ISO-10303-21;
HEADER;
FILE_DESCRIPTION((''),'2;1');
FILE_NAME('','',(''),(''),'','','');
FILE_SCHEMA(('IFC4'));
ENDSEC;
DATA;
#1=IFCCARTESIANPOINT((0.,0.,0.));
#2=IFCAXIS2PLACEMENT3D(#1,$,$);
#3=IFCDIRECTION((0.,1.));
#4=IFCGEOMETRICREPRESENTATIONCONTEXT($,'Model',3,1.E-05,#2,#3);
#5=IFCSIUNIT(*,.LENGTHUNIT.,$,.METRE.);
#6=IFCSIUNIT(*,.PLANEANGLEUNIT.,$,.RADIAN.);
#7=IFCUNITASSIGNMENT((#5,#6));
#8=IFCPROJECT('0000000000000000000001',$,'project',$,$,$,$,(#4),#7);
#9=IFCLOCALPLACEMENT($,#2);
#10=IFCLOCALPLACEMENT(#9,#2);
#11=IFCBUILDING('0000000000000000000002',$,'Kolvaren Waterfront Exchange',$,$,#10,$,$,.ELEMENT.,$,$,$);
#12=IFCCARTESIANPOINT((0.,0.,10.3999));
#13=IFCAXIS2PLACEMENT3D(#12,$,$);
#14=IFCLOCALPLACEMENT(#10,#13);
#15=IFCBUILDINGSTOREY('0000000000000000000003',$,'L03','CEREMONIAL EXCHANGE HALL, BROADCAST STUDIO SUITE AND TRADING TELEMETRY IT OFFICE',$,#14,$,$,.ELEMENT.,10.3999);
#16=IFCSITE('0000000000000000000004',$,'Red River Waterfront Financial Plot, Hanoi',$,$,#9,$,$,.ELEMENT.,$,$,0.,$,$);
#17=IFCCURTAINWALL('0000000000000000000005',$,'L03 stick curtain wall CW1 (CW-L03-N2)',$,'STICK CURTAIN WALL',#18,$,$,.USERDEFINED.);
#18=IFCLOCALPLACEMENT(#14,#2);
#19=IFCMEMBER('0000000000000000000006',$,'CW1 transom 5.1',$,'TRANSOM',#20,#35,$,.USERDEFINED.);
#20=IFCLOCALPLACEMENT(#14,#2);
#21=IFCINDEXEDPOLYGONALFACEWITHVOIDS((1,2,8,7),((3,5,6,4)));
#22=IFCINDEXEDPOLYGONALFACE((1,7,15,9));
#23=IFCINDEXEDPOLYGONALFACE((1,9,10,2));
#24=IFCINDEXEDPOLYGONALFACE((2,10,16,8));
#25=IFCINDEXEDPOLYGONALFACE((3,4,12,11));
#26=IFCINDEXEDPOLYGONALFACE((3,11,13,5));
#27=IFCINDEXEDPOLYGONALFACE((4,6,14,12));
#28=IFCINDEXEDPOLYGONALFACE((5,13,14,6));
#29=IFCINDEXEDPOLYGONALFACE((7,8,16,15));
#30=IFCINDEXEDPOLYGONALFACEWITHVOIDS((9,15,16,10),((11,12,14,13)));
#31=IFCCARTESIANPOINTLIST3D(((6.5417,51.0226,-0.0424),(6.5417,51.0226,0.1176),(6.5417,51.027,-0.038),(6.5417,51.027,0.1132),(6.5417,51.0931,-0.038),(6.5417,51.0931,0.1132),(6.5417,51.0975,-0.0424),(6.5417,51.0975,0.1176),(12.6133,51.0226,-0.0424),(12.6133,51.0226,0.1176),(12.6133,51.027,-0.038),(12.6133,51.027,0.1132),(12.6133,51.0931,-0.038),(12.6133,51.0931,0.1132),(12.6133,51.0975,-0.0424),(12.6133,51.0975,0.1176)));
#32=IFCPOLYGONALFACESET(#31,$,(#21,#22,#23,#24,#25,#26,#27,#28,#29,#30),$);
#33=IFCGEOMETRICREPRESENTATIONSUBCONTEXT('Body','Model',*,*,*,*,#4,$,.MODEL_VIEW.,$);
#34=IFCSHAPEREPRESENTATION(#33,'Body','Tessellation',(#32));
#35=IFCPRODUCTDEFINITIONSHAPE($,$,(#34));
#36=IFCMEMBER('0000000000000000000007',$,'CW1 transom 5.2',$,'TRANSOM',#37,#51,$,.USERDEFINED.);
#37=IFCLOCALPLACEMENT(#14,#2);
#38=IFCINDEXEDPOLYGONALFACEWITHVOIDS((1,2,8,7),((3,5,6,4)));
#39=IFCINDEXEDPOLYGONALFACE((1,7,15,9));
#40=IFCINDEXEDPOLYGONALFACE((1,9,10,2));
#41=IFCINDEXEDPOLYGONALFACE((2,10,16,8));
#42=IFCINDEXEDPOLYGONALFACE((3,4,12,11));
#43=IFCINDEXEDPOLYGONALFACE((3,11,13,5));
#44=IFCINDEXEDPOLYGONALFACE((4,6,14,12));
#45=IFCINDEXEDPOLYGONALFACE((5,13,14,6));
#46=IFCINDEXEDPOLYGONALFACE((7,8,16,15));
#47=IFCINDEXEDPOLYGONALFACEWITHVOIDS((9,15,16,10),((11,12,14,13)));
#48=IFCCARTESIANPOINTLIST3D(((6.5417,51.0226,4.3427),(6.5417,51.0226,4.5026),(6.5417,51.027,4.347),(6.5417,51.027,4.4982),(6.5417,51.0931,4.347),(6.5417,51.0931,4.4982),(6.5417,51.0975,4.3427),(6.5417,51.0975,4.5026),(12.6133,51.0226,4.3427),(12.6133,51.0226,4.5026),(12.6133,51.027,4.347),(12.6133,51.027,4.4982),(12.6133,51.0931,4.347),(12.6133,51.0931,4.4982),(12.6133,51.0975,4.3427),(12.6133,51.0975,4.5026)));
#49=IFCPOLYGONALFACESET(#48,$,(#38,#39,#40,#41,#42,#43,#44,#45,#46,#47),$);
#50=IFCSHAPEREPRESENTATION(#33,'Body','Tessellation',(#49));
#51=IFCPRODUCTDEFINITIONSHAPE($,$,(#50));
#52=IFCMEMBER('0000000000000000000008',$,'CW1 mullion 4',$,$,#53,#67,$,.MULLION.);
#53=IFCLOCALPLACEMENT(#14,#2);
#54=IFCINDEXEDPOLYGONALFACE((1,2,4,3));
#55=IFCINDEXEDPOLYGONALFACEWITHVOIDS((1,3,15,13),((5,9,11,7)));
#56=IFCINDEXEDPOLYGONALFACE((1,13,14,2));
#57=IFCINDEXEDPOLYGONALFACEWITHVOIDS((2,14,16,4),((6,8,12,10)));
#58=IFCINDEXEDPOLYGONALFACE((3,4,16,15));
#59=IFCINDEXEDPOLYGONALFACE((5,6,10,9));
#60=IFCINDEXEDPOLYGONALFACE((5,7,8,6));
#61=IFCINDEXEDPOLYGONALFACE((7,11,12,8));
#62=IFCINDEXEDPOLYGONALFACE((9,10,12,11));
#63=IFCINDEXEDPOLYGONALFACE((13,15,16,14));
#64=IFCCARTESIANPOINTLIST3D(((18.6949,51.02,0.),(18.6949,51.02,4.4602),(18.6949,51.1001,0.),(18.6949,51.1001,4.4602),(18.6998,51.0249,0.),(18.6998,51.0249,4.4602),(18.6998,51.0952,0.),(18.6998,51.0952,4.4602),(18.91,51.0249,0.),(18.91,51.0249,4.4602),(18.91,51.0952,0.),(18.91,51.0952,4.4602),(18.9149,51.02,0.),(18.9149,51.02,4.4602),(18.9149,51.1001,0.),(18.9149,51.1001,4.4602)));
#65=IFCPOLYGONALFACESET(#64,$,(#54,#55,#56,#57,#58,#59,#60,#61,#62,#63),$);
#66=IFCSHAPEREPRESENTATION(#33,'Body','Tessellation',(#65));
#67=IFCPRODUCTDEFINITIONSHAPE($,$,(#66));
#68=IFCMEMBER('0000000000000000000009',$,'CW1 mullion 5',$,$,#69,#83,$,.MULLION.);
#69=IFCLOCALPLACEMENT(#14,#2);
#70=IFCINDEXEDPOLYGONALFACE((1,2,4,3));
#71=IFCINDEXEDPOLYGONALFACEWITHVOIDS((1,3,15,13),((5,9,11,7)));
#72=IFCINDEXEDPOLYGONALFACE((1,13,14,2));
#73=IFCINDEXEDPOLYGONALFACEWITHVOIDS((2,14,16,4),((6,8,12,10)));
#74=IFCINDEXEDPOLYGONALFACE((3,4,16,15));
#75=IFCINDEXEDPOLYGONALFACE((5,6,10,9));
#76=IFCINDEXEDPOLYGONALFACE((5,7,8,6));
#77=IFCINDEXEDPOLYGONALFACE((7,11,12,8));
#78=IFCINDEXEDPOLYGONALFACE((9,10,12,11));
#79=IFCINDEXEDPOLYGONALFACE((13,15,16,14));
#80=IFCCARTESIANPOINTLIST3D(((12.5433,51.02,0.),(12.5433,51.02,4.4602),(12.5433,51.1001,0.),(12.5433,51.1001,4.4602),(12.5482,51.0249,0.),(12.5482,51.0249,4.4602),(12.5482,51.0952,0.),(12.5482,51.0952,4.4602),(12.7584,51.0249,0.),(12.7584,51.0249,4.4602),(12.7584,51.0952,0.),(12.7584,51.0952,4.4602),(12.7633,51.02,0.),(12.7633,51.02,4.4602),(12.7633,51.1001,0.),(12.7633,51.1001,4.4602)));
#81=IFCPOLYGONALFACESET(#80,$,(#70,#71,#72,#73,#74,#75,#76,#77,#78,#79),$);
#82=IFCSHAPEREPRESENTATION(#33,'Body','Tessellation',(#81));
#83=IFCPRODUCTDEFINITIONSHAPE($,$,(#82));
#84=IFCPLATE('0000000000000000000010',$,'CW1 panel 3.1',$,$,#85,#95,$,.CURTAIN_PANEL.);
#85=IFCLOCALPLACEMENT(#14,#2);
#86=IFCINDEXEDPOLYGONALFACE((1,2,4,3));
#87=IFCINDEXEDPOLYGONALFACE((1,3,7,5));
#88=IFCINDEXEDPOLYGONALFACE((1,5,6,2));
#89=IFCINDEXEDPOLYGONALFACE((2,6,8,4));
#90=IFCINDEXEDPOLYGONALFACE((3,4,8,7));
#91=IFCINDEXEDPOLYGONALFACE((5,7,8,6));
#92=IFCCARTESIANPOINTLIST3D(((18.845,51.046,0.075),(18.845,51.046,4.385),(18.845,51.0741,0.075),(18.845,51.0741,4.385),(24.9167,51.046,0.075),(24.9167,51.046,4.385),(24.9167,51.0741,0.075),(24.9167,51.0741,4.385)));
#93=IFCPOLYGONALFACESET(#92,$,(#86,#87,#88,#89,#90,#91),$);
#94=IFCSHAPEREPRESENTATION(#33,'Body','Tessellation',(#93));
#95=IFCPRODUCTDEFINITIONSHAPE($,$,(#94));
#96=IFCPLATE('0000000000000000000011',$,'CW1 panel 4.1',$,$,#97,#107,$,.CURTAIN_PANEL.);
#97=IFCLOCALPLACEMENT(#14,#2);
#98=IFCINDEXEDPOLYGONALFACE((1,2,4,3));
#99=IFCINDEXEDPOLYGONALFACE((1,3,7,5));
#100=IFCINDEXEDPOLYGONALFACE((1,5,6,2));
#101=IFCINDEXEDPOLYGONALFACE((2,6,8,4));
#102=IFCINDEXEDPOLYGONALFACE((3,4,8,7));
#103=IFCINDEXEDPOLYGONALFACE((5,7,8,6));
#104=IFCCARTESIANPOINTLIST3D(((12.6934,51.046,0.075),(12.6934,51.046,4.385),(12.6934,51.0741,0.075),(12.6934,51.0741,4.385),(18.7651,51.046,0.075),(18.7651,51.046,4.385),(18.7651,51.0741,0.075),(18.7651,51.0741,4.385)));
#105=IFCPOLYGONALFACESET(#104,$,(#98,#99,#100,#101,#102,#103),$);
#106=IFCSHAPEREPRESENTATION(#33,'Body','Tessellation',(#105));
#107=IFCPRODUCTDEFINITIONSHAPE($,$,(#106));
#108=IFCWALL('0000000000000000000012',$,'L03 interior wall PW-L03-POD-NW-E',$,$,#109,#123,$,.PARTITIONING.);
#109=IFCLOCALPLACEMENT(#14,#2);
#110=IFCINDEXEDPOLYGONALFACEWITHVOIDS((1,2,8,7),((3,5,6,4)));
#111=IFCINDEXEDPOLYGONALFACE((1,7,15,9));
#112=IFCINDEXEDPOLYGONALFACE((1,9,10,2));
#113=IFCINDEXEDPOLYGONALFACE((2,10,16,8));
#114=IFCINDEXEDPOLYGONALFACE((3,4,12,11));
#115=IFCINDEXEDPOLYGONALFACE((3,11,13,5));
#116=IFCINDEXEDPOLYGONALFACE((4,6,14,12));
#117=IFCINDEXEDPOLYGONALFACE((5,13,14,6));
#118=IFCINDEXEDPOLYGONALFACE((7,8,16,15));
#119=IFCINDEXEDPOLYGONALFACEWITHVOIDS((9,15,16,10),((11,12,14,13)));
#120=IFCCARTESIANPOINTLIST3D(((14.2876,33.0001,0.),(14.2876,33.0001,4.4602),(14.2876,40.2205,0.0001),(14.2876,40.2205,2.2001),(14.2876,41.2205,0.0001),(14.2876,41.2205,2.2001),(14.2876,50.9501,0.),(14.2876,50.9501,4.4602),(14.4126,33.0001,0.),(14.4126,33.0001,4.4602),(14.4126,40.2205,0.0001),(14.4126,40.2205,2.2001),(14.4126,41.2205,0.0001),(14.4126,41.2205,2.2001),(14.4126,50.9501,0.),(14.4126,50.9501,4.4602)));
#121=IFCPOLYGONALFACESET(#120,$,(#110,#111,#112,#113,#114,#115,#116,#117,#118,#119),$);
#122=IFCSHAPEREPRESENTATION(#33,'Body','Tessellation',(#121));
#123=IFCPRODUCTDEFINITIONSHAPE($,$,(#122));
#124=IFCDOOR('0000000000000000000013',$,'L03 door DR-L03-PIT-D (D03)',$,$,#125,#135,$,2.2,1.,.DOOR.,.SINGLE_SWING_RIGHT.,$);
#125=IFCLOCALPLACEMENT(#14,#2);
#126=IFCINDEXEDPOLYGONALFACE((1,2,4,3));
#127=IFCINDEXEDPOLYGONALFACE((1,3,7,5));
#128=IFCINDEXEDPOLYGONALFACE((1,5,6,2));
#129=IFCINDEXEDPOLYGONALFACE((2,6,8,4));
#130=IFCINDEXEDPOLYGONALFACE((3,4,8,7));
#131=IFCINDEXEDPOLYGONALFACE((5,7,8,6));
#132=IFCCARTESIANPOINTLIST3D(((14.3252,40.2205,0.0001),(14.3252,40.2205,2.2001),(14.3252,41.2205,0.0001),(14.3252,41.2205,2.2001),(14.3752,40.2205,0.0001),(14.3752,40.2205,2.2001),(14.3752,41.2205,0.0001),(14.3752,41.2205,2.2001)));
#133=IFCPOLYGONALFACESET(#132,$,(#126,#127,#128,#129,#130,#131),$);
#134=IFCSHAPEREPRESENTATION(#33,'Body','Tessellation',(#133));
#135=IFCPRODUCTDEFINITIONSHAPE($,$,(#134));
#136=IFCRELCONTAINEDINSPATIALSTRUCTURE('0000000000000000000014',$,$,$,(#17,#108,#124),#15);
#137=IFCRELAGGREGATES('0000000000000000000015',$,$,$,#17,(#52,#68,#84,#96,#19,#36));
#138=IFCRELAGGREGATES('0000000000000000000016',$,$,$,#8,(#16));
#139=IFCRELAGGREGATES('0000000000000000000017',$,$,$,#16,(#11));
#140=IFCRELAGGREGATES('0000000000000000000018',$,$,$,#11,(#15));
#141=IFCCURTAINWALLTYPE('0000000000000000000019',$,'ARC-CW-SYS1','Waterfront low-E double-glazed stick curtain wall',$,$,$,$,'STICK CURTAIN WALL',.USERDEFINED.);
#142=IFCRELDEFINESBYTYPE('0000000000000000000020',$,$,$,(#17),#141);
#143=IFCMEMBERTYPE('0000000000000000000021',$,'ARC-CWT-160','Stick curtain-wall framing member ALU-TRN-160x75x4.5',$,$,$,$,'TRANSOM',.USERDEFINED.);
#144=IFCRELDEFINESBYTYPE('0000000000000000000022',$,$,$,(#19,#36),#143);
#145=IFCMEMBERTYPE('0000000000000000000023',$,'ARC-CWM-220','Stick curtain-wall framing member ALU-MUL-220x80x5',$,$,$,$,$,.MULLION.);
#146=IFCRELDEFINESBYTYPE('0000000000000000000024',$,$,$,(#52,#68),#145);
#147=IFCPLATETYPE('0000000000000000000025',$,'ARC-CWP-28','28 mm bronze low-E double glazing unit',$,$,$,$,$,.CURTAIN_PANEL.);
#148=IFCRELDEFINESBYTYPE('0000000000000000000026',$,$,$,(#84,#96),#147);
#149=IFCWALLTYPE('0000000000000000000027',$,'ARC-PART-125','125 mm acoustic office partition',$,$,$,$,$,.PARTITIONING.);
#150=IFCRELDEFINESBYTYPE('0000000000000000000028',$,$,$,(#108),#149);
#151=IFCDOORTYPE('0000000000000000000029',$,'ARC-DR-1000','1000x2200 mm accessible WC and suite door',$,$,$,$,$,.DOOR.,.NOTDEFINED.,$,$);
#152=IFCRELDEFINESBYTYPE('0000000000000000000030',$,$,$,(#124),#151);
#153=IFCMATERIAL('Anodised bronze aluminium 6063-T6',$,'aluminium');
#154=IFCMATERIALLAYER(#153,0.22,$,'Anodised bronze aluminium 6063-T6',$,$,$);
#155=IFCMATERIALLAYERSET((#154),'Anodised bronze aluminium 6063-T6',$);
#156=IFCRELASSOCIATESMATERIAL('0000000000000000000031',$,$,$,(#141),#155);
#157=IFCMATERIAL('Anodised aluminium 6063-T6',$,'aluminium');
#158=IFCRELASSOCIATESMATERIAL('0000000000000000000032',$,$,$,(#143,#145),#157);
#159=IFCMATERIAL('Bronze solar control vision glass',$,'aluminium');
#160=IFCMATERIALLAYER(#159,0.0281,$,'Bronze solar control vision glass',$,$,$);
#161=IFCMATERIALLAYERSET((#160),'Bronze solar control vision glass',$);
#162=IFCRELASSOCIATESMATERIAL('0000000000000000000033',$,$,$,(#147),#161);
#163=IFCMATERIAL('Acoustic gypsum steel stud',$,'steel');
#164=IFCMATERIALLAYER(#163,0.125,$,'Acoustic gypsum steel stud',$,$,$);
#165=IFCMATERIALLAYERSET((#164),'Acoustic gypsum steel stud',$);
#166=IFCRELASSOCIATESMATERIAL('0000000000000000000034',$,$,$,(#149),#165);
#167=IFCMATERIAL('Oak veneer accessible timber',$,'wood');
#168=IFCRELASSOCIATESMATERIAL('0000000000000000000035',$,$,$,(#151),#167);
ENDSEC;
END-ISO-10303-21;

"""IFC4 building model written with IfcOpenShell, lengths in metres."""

from ifc_helpers import new_model, si_unit, direction, frame, frame_2d, origin, origin_with_axes, origin_2d, place, context, subcontext, project, spatial, rectangle, hollow_rectangle, extrude, source, transform, mapped, material, layer, layer_set, material_profile, profile_set, type_object, element, fill, aggregate, save


model = new_model("IFC4")

# Units and contexts
model_context = context("Model", 3, precision=1e-05, world=origin(), true_north=direction((0.0, 1.0)))
body_context = subcontext(model_context, "Body", "Model", "MODEL_VIEW")
ifc_project = project(units=[si_unit("LENGTHUNIT", "METRE"), si_unit("PLANEANGLEUNIT", "RADIAN")], contexts=[model_context])

# Site, building, storey
site_placement = place(None, origin())
site = spatial("IfcSite", under=ifc_project, at=site_placement, Name="Red River Waterfront Financial Plot, Hanoi", CompositionType="ELEMENT", RefElevation=0.0)
building_placement = place(site_placement, origin())
building = spatial("IfcBuilding", under=site, at=building_placement, Name="Kolvaren Waterfront Exchange", CompositionType="ELEMENT")
storey_placement = place(building_placement, frame((0.0, 0.0, 10.3999)))
storey = spatial("IfcBuildingStorey", under=building, at=storey_placement, Name="L03", Description="CEREMONIAL EXCHANGE HALL, BROADCAST STUDIO SUITE AND TRADING TELEMETRY IT OFFICE", CompositionType="ELEMENT", Elevation=10.3999)

# Curtain wall, members, plates
ifc_material_1 = material(Name="Anodised bronze aluminium 6063-T6", Category="aluminium")
ifc_layer_1 = layer(ifc_material_1, 0.22, Name="Anodised bronze aluminium 6063-T6")
ifc_layer_set_1 = layer_set([ifc_layer_1], Name="Anodised bronze aluminium 6063-T6")
curtain_wall_type = type_object("IfcCurtainWallType", Name="ARC-CW-SYS1", Description="Waterfront low-E double-glazed stick curtain wall", ElementType="STICK CURTAIN WALL", PredefinedType="USERDEFINED", material=ifc_layer_set_1)
curtain_wall_placement = place(storey_placement, origin())
curtain_wall = element("IfcCurtainWall", 1, at=curtain_wall_placement, inside=storey, type_object=curtain_wall_type, Name="L03 stick curtain wall CW1 (CW-L03-N2)", ObjectType="STICK CURTAIN WALL", PredefinedType="USERDEFINED")
ifc_material_2 = material(Name="Anodised aluminium 6063-T6", Category="aluminium")
ifc_material_profile_1 = material_profile(ifc_material_2, hollow_rectangle(XDim=0.075, YDim=0.1599, WallThickness=0.0044, at=origin_2d()), Name="ALU-TRN-160x75x4.5")
ifc_profile_set_1 = profile_set([ifc_material_profile_1], Name="Anodised aluminium 6063-T6")
member_type_1 = type_object("IfcMemberType", Name="ARC-CWT-160", Description="Stick curtain-wall framing member ALU-TRN-160x75x4.5", ElementType="TRANSOM", PredefinedType="USERDEFINED", material=ifc_profile_set_1)
shared_shape_1 = source(origin_with_axes(), body_context, "Body", "SweptSolid", [
    extrude(hollow_rectangle(XDim=0.075, YDim=0.1599, WallThickness=0.0044, at=origin_2d()), origin(), (0.0, 0.0, 1.0), 6.0715),
])
member_1_placement = place(storey_placement, frame((12.6133, 51.0601, 0.0376), z_axis=(-1.0, 0.0, 0.0), x_axis=(0.0, -1.0, 0.0)))
member_1 = element("IfcMember", 2, at=member_1_placement, type_object=member_type_1, Name="CW1 transom 5.1", ObjectType="TRANSOM", PredefinedType="USERDEFINED", context=body_context, shape_type="MappedRepresentation", body=[
    mapped(shared_shape_1, transform((0.0, 0.0, 0.0), x_axis=(1.0, 0.0, 0.0), y_axis=(0.0, 1.0, 0.0), z_axis=(0.0, 0.0, 1.0), scale=1.0)),
])
member_2_placement = place(storey_placement, frame((12.6133, 51.0601, 4.4226), z_axis=(-1.0, 0.0, 0.0), x_axis=(0.0, -1.0, 0.0)))
member_2 = element("IfcMember", 3, at=member_2_placement, type_object=member_type_1, Name="CW1 transom 5.2", ObjectType="TRANSOM", PredefinedType="USERDEFINED", context=body_context, shape_type="MappedRepresentation", body=[
    mapped(shared_shape_1, transform((0.0, 0.0, 0.0), x_axis=(1.0, 0.0, 0.0), y_axis=(0.0, 1.0, 0.0), z_axis=(0.0, 0.0, 1.0), scale=1.0)),
])
ifc_material_profile_2 = material_profile(ifc_material_2, hollow_rectangle(XDim=0.0801, YDim=0.22, WallThickness=0.0049, at=origin_2d()), Name="ALU-MUL-220x80x5")
ifc_profile_set_2 = profile_set([ifc_material_profile_2], Name="Anodised aluminium 6063-T6")
member_type_2 = type_object("IfcMemberType", Name="ARC-CWM-220", Description="Stick curtain-wall framing member ALU-MUL-220x80x5", PredefinedType="MULLION", material=ifc_profile_set_2)
shared_shape_2 = source(origin_with_axes(), body_context, "Body", "SweptSolid", [
    extrude(hollow_rectangle(XDim=0.0801, YDim=0.22, WallThickness=0.0049, at=origin_2d()), origin(), (0.0, 0.0, 1.0), 4.4602),
])
member_3_placement = place(storey_placement, frame((18.8049, 51.0601, 0.0), z_axis=(0.0, 0.0, 1.0), x_axis=(0.0, -1.0, 0.0)))
member_3 = element("IfcMember", 4, at=member_3_placement, type_object=member_type_2, Name="CW1 mullion 4", PredefinedType="MULLION", context=body_context, shape_type="MappedRepresentation", body=[
    mapped(shared_shape_2, transform((0.0, 0.0, 0.0), x_axis=(1.0, 0.0, 0.0), y_axis=(0.0, 1.0, 0.0), z_axis=(0.0, 0.0, 1.0), scale=1.0)),
])
member_4_placement = place(storey_placement, frame((12.6533, 51.0601, 0.0), z_axis=(0.0, 0.0, 1.0), x_axis=(0.0, -1.0, 0.0)))
member_4 = element("IfcMember", 5, at=member_4_placement, type_object=member_type_2, Name="CW1 mullion 5", PredefinedType="MULLION", context=body_context, shape_type="MappedRepresentation", body=[
    mapped(shared_shape_2, transform((0.0, 0.0, 0.0), x_axis=(1.0, 0.0, 0.0), y_axis=(0.0, 1.0, 0.0), z_axis=(0.0, 0.0, 1.0), scale=1.0)),
])
ifc_material_3 = material(Name="Bronze solar control vision glass", Category="aluminium")
ifc_layer_2 = layer(ifc_material_3, 0.0281, Name="Bronze solar control vision glass")
ifc_layer_set_2 = layer_set([ifc_layer_2], Name="Bronze solar control vision glass")
plate_type = type_object("IfcPlateType", Name="ARC-CWP-28", Description="28 mm bronze low-E double glazing unit", PredefinedType="CURTAIN_PANEL", material=ifc_layer_set_2)
shared_shape_3 = source(origin_with_axes(), body_context, "Body", "SweptSolid", [
    extrude(rectangle(XDim=6.0718, YDim=0.0281, at=origin_2d()), origin(), (0.0, 0.0, 1.0), 4.3101),
])
plate_1_placement = place(storey_placement, frame((21.8809, 51.0601, 0.075), z_axis=(0.0, 0.0, 1.0), x_axis=(-1.0, 0.0, 0.0)))
plate_1 = element("IfcPlate", 6, at=plate_1_placement, type_object=plate_type, Name="CW1 panel 3.1", PredefinedType="CURTAIN_PANEL", context=body_context, shape_type="MappedRepresentation", body=[
    mapped(shared_shape_3, transform((0.0, 0.0, 0.0), x_axis=(1.0, 0.0, 0.0), y_axis=(0.0, 1.0, 0.0), z_axis=(0.0, 0.0, 1.0), scale=1.0)),
])
plate_2_placement = place(storey_placement, frame((15.7292, 51.0601, 0.075), z_axis=(0.0, 0.0, 1.0), x_axis=(-1.0, 0.0, 0.0)))
plate_2 = element("IfcPlate", 7, at=plate_2_placement, type_object=plate_type, Name="CW1 panel 4.1", PredefinedType="CURTAIN_PANEL", context=body_context, shape_type="MappedRepresentation", body=[
    mapped(shared_shape_3, transform((0.0, 0.0, 0.0), x_axis=(1.0, 0.0, 0.0), y_axis=(0.0, 1.0, 0.0), z_axis=(0.0, 0.0, 1.0), scale=1.0)),
])
aggregate(curtain_wall, [member_3, member_4, plate_1, plate_2, member_1, member_2])

# Wall, opening, door
ifc_material_4 = material(Name="Acoustic gypsum steel stud", Category="steel")
ifc_layer_3 = layer(ifc_material_4, 0.125, Name="Acoustic gypsum steel stud")
ifc_layer_set_3 = layer_set([ifc_layer_3], Name="Acoustic gypsum steel stud")
wall_type = type_object("IfcWallType", Name="ARC-PART-125", Description="125 mm acoustic office partition", PredefinedType="PARTITIONING", material=ifc_layer_set_3)
wall_1_placement = place(storey_placement, frame((14.3501, 33.0, 0.0), z_axis=(0.0, 0.0, 1.0), x_axis=(0.0, 1.0, 0.0)))
wall_1 = element("IfcWall", 8, at=wall_1_placement, inside=storey, type_object=wall_type, Name="L03 interior wall PW-L03-POD-NW-E", PredefinedType="PARTITIONING", context=body_context, shape_type="SweptSolid", body=[
    extrude(rectangle(XDim=17.95, YDim=0.125, at=frame_2d((8.9751, 0.0))), origin(), (0.0, 0.0, 1.0), 4.4602),
])
opening_1_placement = place(wall_1_placement, frame((7.2205, 0.0, 0.0)))
opening_1 = element("IfcOpeningElement", 9, at=opening_1_placement, cuts=wall_1, PredefinedType="OPENING", context=body_context, shape_type="SweptSolid", body=[
    extrude(rectangle(XDim=1.0, YDim=2.2, at=frame_2d((0.5, 1.1001))), frame((0.0, 0.0725, 0.0), z_axis=(0.0, -1.0, 0.0), x_axis=(1.0, 0.0, 0.0)), (0.0, 0.0, 1.0), 0.145),
])
ifc_material_5 = material(Name="Oak veneer accessible timber", Category="wood")
door_type_1 = type_object("IfcDoorType", Name="ARC-DR-1000", Description="1000x2200 mm accessible WC and suite door", OperationType="NOTDEFINED", PredefinedType="DOOR", material=ifc_material_5)
door_1_placement = place(opening_1_placement, origin())
door_1 = element("IfcDoor", 10, at=door_1_placement, inside=storey, type_object=door_type_1, Name="L03 door DR-L03-PIT-D (D03)", OperationType="SINGLE_SWING_RIGHT", OverallHeight=2.2, OverallWidth=1.0, PredefinedType="DOOR", context=body_context, shape_type="SweptSolid", body=[
    extrude(rectangle(XDim=1.0, YDim=2.2, at=frame_2d((0.5, 1.1001))), frame((0.0, 0.0249, 0.0), z_axis=(0.0, -1.0, 0.0), x_axis=(1.0, 0.0, 0.0)), (0.0, 0.0, 1.0), 0.05),
])
fill(opening_1, door_1)

save(model, "model.ifc")
